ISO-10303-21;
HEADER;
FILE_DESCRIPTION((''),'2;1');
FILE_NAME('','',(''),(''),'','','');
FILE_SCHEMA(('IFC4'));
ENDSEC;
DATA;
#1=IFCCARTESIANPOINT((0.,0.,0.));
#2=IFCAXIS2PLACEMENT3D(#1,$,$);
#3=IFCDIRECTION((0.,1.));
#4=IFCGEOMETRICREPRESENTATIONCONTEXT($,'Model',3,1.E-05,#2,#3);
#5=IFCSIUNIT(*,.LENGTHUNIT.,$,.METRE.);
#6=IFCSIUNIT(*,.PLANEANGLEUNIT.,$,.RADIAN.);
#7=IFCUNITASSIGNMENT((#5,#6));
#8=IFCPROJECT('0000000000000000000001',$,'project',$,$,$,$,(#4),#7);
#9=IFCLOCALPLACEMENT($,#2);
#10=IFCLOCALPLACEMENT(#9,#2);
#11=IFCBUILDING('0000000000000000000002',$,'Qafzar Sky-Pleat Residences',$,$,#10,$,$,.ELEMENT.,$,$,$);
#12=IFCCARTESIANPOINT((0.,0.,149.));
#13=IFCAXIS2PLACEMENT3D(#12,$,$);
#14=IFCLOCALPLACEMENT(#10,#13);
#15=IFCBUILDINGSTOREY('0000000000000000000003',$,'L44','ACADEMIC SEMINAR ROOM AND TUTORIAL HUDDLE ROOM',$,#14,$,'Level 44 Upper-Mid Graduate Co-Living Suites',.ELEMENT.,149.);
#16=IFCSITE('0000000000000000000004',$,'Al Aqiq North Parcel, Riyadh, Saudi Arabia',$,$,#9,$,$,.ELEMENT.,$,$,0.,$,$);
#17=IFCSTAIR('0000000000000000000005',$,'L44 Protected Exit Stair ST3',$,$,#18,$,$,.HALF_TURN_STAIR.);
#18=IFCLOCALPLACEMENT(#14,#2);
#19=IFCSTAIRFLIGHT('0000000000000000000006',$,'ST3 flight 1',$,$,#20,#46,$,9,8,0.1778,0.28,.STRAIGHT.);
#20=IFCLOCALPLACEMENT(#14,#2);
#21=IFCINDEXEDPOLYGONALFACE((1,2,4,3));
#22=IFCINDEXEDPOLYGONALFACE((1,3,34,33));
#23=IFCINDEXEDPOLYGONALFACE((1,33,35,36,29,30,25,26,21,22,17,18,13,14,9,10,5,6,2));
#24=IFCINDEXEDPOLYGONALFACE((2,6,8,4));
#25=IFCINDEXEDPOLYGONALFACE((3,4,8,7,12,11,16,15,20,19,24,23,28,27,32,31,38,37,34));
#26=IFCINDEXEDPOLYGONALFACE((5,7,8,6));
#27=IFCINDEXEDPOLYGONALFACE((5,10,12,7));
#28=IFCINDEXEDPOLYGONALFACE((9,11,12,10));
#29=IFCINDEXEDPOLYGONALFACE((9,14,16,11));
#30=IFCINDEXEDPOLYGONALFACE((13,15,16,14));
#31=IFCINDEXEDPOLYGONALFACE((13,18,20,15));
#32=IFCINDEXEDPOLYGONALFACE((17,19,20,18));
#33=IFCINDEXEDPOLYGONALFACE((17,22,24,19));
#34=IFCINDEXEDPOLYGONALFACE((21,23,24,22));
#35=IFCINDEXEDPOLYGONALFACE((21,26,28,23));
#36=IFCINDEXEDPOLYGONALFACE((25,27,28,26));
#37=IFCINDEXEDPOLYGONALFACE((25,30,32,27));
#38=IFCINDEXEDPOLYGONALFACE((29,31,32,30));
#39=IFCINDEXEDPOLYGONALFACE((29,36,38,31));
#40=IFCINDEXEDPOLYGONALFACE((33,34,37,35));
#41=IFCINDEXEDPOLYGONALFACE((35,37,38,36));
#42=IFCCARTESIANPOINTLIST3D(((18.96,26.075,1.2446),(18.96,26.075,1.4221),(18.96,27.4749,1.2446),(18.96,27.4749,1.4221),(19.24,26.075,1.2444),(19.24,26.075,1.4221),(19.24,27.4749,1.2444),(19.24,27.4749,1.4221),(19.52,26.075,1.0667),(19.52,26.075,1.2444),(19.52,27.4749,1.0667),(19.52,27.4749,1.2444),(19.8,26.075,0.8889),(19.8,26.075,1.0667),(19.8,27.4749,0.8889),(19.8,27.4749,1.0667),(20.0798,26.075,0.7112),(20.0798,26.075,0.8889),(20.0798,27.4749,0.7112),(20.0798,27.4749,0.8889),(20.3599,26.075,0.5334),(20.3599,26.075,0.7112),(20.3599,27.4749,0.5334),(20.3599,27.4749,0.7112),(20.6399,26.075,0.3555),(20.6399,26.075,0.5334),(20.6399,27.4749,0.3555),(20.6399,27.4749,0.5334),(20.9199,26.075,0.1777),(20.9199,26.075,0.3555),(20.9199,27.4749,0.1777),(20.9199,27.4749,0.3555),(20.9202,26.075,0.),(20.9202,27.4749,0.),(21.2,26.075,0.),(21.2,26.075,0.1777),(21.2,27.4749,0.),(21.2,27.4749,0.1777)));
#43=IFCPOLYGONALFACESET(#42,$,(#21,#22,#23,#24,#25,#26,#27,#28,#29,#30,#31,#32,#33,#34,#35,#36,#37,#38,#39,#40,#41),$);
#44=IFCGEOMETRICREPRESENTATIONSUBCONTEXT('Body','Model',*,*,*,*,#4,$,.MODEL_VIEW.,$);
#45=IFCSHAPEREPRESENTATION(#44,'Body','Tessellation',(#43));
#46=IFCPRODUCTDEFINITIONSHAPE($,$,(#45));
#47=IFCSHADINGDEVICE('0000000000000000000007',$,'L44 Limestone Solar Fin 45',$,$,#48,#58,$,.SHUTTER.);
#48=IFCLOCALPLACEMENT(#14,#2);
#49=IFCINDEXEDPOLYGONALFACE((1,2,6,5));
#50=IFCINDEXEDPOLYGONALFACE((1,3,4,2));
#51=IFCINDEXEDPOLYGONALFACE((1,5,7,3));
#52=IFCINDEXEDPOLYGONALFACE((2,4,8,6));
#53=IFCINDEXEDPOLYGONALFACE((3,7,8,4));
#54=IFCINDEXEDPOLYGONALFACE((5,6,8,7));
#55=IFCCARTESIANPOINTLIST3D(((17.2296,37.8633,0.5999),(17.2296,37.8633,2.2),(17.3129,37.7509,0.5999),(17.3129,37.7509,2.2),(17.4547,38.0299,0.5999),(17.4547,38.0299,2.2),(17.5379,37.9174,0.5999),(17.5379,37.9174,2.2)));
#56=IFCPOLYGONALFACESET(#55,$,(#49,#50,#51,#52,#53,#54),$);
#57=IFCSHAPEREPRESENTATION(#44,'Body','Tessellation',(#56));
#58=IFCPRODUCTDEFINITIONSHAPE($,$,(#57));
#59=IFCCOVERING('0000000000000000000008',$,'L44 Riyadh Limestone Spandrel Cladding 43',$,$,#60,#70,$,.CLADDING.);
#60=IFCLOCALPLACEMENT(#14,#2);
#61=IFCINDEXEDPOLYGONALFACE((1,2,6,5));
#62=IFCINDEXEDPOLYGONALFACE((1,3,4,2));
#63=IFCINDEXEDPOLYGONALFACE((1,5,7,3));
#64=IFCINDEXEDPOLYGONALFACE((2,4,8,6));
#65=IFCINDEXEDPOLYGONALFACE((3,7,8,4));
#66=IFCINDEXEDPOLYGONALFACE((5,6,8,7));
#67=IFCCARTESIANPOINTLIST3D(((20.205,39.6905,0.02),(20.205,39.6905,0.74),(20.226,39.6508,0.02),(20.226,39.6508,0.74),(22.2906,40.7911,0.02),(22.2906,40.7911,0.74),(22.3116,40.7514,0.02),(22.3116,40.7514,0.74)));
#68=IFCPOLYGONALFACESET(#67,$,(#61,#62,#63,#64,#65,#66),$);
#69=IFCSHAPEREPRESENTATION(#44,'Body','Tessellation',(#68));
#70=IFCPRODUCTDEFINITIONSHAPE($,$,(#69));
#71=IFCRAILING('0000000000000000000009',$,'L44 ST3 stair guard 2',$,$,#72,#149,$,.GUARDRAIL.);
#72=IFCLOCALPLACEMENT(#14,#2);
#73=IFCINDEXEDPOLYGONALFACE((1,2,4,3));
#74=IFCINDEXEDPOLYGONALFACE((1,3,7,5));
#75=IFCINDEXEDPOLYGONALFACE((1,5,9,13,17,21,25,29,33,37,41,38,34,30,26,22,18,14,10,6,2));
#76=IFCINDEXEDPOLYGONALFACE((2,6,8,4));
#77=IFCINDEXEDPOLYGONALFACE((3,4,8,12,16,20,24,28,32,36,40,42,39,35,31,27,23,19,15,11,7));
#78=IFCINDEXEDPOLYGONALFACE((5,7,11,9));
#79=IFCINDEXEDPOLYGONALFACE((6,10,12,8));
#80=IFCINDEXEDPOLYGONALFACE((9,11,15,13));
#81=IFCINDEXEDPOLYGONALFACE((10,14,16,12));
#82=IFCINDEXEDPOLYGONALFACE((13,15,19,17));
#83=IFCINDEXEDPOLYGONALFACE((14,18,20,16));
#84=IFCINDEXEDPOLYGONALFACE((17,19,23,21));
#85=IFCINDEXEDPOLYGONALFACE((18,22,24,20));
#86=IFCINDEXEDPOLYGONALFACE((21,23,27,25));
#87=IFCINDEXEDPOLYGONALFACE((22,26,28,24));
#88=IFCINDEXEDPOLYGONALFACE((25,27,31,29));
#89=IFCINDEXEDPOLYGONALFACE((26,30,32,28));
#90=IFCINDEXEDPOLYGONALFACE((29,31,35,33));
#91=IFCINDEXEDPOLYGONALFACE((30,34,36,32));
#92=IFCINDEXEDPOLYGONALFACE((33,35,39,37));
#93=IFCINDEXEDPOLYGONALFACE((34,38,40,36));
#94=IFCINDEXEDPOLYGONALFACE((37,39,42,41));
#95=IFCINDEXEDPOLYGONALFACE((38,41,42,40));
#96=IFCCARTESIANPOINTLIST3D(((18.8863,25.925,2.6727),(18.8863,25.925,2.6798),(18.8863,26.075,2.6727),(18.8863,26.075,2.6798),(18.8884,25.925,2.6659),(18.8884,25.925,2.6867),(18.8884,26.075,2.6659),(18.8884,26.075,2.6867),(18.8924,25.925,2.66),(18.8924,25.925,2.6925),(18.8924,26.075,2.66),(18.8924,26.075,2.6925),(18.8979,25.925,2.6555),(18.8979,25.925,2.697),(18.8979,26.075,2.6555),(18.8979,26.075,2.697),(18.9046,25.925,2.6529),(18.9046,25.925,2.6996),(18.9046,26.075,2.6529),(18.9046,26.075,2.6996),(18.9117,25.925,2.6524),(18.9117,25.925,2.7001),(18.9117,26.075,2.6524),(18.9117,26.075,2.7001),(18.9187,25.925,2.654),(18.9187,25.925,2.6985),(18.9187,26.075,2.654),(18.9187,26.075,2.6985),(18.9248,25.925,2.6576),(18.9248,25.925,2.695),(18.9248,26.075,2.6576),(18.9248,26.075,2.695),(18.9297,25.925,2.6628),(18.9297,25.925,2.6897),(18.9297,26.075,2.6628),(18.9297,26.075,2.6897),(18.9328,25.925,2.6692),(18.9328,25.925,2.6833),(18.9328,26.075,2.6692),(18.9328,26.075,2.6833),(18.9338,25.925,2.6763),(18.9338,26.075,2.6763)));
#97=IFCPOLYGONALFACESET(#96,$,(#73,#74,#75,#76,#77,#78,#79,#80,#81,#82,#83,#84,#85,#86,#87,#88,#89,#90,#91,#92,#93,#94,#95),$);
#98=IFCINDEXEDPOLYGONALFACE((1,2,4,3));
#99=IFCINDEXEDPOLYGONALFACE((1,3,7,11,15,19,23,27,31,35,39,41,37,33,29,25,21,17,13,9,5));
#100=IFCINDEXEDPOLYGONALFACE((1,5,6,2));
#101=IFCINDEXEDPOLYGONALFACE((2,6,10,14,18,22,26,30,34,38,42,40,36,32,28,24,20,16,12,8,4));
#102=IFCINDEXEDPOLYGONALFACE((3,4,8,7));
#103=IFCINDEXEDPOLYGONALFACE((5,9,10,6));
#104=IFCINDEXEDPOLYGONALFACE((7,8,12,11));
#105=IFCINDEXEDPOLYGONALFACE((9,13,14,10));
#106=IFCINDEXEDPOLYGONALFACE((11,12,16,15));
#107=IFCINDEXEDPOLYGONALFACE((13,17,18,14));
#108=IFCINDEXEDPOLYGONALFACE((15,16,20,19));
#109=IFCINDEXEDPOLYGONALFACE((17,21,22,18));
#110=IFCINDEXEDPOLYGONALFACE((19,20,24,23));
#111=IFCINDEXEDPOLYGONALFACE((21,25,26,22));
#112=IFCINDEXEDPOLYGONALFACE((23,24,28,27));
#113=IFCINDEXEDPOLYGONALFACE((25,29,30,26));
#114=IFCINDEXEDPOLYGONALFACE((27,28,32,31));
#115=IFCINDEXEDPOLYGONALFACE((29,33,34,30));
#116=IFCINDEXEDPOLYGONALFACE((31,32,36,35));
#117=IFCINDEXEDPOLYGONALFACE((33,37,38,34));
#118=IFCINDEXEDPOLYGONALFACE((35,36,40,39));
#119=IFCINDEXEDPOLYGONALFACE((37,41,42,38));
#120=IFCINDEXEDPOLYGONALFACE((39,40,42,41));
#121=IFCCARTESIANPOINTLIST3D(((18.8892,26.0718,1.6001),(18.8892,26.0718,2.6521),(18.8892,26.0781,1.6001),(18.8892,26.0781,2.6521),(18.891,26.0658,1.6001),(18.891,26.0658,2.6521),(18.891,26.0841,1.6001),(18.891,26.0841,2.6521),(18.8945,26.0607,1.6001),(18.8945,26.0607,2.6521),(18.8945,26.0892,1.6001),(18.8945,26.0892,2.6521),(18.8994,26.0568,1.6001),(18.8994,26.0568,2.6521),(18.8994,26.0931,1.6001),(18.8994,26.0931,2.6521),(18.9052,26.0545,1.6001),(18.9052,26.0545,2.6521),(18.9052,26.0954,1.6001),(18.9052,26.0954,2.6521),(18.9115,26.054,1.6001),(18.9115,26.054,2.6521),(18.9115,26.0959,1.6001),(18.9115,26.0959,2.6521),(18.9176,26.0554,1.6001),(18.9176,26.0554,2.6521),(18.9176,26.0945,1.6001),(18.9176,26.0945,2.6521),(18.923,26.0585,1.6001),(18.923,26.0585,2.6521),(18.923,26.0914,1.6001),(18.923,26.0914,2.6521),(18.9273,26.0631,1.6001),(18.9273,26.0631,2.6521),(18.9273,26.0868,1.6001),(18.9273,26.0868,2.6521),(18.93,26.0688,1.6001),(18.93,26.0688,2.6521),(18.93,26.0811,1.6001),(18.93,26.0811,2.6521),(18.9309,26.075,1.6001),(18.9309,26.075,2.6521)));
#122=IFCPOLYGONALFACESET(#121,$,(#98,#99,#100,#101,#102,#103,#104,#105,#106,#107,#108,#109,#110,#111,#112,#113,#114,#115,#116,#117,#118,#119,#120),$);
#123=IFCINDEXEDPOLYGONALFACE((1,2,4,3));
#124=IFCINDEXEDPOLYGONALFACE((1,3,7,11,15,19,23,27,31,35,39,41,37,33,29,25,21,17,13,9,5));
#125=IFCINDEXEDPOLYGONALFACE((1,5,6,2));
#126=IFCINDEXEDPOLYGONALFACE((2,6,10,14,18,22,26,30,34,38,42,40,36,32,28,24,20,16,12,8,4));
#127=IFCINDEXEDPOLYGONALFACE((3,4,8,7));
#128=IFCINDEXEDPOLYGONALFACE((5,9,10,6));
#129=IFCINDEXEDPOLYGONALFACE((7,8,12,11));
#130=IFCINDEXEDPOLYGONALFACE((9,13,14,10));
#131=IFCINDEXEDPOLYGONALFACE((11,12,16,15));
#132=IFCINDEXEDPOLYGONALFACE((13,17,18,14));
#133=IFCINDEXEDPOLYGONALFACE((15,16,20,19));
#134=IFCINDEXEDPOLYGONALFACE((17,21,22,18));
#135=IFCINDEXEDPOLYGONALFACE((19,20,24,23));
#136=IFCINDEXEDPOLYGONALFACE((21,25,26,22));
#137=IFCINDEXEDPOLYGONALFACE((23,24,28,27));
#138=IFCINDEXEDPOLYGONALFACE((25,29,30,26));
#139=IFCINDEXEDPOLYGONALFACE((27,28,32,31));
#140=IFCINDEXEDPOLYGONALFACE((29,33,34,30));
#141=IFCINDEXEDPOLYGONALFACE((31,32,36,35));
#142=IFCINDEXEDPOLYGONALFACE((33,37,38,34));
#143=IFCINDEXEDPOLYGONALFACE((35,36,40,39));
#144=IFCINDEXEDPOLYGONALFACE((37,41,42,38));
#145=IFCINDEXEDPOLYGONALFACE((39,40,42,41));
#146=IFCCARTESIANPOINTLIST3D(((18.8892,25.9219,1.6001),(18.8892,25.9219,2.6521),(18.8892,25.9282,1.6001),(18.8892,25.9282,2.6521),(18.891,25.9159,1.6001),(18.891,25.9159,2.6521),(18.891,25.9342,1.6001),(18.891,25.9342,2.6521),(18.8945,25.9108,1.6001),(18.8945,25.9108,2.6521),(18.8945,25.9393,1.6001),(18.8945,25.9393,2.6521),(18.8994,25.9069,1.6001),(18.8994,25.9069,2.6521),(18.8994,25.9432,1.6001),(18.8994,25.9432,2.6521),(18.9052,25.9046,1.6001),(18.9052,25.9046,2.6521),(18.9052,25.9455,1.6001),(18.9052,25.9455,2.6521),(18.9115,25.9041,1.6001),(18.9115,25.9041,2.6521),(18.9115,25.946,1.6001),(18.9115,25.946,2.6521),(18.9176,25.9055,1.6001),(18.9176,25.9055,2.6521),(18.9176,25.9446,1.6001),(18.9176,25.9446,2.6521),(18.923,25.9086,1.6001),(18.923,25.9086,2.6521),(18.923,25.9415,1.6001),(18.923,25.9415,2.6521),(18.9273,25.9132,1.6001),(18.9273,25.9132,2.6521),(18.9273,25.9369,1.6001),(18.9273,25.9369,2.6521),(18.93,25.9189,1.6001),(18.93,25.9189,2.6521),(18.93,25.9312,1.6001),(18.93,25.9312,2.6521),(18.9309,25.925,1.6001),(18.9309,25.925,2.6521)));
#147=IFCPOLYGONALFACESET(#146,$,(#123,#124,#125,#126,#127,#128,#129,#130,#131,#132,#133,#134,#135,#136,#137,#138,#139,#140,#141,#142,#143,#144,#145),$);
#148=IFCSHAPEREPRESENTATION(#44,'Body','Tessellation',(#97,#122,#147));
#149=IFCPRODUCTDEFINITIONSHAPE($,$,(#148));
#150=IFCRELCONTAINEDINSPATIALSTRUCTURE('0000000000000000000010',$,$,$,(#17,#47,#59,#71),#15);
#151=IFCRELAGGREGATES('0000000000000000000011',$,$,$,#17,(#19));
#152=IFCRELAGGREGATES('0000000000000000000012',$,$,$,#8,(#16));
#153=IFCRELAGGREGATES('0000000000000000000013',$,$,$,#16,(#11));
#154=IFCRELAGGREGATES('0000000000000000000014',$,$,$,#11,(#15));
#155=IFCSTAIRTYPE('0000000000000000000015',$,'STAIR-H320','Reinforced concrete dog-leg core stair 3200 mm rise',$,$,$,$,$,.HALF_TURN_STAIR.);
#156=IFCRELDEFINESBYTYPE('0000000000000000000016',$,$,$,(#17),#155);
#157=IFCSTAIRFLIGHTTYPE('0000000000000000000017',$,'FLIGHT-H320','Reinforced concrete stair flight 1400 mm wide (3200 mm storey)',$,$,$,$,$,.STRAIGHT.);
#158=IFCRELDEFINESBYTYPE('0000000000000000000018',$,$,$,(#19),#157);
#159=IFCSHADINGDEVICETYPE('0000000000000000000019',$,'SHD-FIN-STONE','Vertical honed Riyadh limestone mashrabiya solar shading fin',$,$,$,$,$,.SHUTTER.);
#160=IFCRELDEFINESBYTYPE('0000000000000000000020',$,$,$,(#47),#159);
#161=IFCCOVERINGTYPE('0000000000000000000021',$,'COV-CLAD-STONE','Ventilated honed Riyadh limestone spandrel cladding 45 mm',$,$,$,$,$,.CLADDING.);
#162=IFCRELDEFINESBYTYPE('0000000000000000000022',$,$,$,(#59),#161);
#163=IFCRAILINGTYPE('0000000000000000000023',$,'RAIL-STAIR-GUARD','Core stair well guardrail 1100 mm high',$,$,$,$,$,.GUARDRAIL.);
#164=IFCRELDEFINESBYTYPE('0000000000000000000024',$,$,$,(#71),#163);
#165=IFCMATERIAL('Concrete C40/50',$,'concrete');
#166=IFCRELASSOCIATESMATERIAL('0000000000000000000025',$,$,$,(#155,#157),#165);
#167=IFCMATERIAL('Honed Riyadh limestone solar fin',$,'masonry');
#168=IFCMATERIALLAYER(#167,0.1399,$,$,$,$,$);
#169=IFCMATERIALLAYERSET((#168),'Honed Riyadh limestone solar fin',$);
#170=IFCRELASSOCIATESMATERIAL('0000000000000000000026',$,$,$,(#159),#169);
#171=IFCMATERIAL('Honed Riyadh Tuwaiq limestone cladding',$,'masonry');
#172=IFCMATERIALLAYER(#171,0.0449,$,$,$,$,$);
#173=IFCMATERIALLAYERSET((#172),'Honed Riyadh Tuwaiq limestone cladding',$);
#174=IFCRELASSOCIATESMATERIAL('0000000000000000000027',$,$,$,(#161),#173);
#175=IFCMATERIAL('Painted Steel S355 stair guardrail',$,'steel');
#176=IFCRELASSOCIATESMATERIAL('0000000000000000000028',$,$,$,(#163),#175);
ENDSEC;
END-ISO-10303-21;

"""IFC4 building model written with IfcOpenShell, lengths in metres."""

from ifc_helpers import new_model, si_unit, direction, frame, origin, origin_2d, place, context, subcontext, project, spatial, polyline, rectangle, circle, outline, extrude, source, transform, mapped, material, layer, layer_set, type_object, element, aggregate, save


model = new_model("IFC4")

# Units and contexts
model_context = context("Model", 3, precision=1e-05, world=origin(), true_north=direction((0.0, 1.0)))
body_context = subcontext(model_context, "Body", "Model", "MODEL_VIEW")
ifc_project = project(units=[si_unit("LENGTHUNIT", "METRE"), si_unit("PLANEANGLEUNIT", "RADIAN")], contexts=[model_context])

# Site, building, storey
site_placement = place(None, origin())
site = spatial("IfcSite", under=ifc_project, at=site_placement, Name="Al Aqiq North Parcel, Riyadh, Saudi Arabia", CompositionType="ELEMENT", RefElevation=0.0)
building_placement = place(site_placement, origin())
building = spatial("IfcBuilding", under=site, at=building_placement, Name="Qafzar Sky-Pleat Residences", CompositionType="ELEMENT")
storey_placement = place(building_placement, frame((0.0, 0.0, 149.0)))
storey = spatial("IfcBuildingStorey", under=building, at=storey_placement, Name="L44", Description="ACADEMIC SEMINAR ROOM AND TUTORIAL HUDDLE ROOM", LongName="Level 44 Upper-Mid Graduate Co-Living Suites", CompositionType="ELEMENT", Elevation=149.0)

# Stair, stair flight
ifc_material_1 = material(Name="Concrete C40/50", Category="concrete")
stair_type = type_object("IfcStairType", Name="STAIR-H320", Description="Reinforced concrete dog-leg core stair 3200 mm rise", PredefinedType="HALF_TURN_STAIR", material=ifc_material_1)
stair_placement = place(storey_placement, origin())
stair = element("IfcStair", 1, at=stair_placement, inside=storey, type_object=stair_type, Name="L44 Protected Exit Stair ST3", PredefinedType="HALF_TURN_STAIR")
stair_flight_type = type_object("IfcStairFlightType", Name="FLIGHT-H320", Description="Reinforced concrete stair flight 1400 mm wide (3200 mm storey)", PredefinedType="STRAIGHT", material=ifc_material_1)
shared_shape_1 = source(origin(), body_context, "Body", "SweptSolid", [
    extrude(outline(polyline([(0.0, 0.0), (0.0, 0.1777), (0.28, 0.1777), (0.28, 0.3555), (0.5601, 0.3555), (0.5601, 0.5334), (0.8401, 0.5334), (0.8401, 0.7112), (1.1201, 0.7112), (1.1201, 0.8889), (1.3999, 0.8889), (1.3999, 1.0667), (1.6799, 1.0667), (1.6799, 1.2444), (1.96, 1.2444), (1.96, 1.4221), (2.24, 1.4221), (2.24, 1.6001), (2.24, 1.2446), (0.2798, 0.0), (0.0, 0.0)])), frame((0.0, 0.7, 0.0), z_axis=(0.0, -1.0, 0.0), x_axis=(1.0, 0.0, 0.0)), (0.0, 0.0, 1.0), 1.3999),
])
stair_flight_placement = place(storey_placement, frame((21.2, 26.7749, 0.0), z_axis=(0.0, 0.0, 1.0), x_axis=(-1.0, 0.0, 0.0)))
stair_flight = element("IfcStairFlight", 2, at=stair_flight_placement, type_object=stair_flight_type, Name="ST3 flight 1", NumberOfRisers=9, NumberOfTreads=8, PredefinedType="STRAIGHT", RiserHeight=0.1778, TreadLength=0.28, context=body_context, shape_type="MappedRepresentation", body=[
    mapped(shared_shape_1, transform((0.0, 0.0, 0.0), x_axis=(1.0, 0.0, 0.0), y_axis=(0.0, 1.0, 0.0), z_axis=(0.0, 0.0, 1.0), scale=1.0)),
])
aggregate(stair, [stair_flight])

# Shading device
ifc_material_2 = material(Name="Honed Riyadh limestone solar fin", Category="masonry")
ifc_layer_1 = layer(ifc_material_2, 0.1399)
ifc_layer_set_1 = layer_set([ifc_layer_1], Name="Honed Riyadh limestone solar fin")
shading_device_type = type_object("IfcShadingDeviceType", Name="SHD-FIN-STONE", Description="Vertical honed Riyadh limestone mashrabiya solar shading fin", PredefinedType="SHUTTER", material=ifc_layer_set_1)
shared_shape_2 = source(origin(), body_context, "Body", "SweptSolid", [
    extrude(rectangle(XDim=0.1399, YDim=0.28, at=origin_2d()), origin(), (0.0, 0.0, 1.0), 1.6001),
])
shading_device_placement = place(storey_placement, frame((17.3838, 37.8904, 0.5999), z_axis=(0.0, 0.0, 1.0), x_axis=(-0.594883, 0.803812, 0.0)))
element("IfcShadingDevice", 3, at=shading_device_placement, inside=storey, type_object=shading_device_type, Name="L44 Limestone Solar Fin 45", PredefinedType="SHUTTER", context=body_context, shape_type="MappedRepresentation", body=[
    mapped(shared_shape_2, transform((0.0, 0.0, 0.0), x_axis=(1.0, 0.0, 0.0), y_axis=(0.0, 1.0, 0.0), z_axis=(0.0, 0.0, 1.0), scale=1.0)),
])

# Covering
ifc_material_3 = material(Name="Honed Riyadh Tuwaiq limestone cladding", Category="masonry")
ifc_layer_2 = layer(ifc_material_3, 0.0449)
ifc_layer_set_2 = layer_set([ifc_layer_2], Name="Honed Riyadh Tuwaiq limestone cladding")
covering_type = type_object("IfcCoveringType", Name="COV-CLAD-STONE", Description="Ventilated honed Riyadh limestone spandrel cladding 45 mm", PredefinedType="CLADDING", material=ifc_layer_set_2)
shared_shape_3 = source(origin(), body_context, "Body", "SweptSolid", [
    extrude(rectangle(XDim=2.3582, YDim=0.0449, at=origin_2d()), origin(), (0.0, 0.0, 1.0), 0.72),
])
covering_placement = place(storey_placement, frame((21.2583, 40.2209, 0.02), z_axis=(0.0, 0.0, 1.0), x_axis=(-0.884396, -0.466737, 0.0)))
element("IfcCovering", 4, at=covering_placement, inside=storey, type_object=covering_type, Name="L44 Riyadh Limestone Spandrel Cladding 43", PredefinedType="CLADDING", context=body_context, shape_type="MappedRepresentation", body=[
    mapped(shared_shape_3, transform((0.0, 0.0, 0.0), x_axis=(1.0, 0.0, 0.0), y_axis=(0.0, 1.0, 0.0), z_axis=(0.0, 0.0, 1.0), scale=1.0)),
])

# Railing
ifc_material_4 = material(Name="Painted Steel S355 stair guardrail", Category="steel")
railing_type_1 = type_object("IfcRailingType", Name="RAIL-STAIR-GUARD", Description="Core stair well guardrail 1100 mm high", PredefinedType="GUARDRAIL", material=ifc_material_4)
shared_shape_4 = source(origin(), body_context, "Body", "SweptSolid", [
    extrude(circle(Radius=0.0239, at=origin_2d()), frame((0.0, 0.0, 1.0762), z_axis=(0.0, -1.0, 0.0), x_axis=(1.0, 0.0, 0.0)), (0.0, 0.0, 1.0), 0.1499),
    extrude(circle(Radius=0.021, at=origin_2d()), origin(), (0.0, 0.0, 1.0), 1.052),
    extrude(circle(Radius=0.021, at=origin_2d()), frame((0.0, -0.1499, 0.0)), (0.0, 0.0, 1.0), 1.052),
])
for number, where, name in (
    (5, (18.9099, 26.075, 1.6001), "L44 ST3 stair guard 2"),
):
    element("IfcRailing", number, at=place(storey_placement, frame(where)), inside=storey, type_object=railing_type_1, Name=name, PredefinedType="GUARDRAIL", context=body_context, shape_type="MappedRepresentation", body=[
        mapped(shared_shape_4, transform((0.0, 0.0, 0.0), x_axis=(1.0, 0.0, 0.0), y_axis=(0.0, 1.0, 0.0), z_axis=(0.0, 0.0, 1.0), scale=1.0)),
    ])

save(model, "model.ifc")
